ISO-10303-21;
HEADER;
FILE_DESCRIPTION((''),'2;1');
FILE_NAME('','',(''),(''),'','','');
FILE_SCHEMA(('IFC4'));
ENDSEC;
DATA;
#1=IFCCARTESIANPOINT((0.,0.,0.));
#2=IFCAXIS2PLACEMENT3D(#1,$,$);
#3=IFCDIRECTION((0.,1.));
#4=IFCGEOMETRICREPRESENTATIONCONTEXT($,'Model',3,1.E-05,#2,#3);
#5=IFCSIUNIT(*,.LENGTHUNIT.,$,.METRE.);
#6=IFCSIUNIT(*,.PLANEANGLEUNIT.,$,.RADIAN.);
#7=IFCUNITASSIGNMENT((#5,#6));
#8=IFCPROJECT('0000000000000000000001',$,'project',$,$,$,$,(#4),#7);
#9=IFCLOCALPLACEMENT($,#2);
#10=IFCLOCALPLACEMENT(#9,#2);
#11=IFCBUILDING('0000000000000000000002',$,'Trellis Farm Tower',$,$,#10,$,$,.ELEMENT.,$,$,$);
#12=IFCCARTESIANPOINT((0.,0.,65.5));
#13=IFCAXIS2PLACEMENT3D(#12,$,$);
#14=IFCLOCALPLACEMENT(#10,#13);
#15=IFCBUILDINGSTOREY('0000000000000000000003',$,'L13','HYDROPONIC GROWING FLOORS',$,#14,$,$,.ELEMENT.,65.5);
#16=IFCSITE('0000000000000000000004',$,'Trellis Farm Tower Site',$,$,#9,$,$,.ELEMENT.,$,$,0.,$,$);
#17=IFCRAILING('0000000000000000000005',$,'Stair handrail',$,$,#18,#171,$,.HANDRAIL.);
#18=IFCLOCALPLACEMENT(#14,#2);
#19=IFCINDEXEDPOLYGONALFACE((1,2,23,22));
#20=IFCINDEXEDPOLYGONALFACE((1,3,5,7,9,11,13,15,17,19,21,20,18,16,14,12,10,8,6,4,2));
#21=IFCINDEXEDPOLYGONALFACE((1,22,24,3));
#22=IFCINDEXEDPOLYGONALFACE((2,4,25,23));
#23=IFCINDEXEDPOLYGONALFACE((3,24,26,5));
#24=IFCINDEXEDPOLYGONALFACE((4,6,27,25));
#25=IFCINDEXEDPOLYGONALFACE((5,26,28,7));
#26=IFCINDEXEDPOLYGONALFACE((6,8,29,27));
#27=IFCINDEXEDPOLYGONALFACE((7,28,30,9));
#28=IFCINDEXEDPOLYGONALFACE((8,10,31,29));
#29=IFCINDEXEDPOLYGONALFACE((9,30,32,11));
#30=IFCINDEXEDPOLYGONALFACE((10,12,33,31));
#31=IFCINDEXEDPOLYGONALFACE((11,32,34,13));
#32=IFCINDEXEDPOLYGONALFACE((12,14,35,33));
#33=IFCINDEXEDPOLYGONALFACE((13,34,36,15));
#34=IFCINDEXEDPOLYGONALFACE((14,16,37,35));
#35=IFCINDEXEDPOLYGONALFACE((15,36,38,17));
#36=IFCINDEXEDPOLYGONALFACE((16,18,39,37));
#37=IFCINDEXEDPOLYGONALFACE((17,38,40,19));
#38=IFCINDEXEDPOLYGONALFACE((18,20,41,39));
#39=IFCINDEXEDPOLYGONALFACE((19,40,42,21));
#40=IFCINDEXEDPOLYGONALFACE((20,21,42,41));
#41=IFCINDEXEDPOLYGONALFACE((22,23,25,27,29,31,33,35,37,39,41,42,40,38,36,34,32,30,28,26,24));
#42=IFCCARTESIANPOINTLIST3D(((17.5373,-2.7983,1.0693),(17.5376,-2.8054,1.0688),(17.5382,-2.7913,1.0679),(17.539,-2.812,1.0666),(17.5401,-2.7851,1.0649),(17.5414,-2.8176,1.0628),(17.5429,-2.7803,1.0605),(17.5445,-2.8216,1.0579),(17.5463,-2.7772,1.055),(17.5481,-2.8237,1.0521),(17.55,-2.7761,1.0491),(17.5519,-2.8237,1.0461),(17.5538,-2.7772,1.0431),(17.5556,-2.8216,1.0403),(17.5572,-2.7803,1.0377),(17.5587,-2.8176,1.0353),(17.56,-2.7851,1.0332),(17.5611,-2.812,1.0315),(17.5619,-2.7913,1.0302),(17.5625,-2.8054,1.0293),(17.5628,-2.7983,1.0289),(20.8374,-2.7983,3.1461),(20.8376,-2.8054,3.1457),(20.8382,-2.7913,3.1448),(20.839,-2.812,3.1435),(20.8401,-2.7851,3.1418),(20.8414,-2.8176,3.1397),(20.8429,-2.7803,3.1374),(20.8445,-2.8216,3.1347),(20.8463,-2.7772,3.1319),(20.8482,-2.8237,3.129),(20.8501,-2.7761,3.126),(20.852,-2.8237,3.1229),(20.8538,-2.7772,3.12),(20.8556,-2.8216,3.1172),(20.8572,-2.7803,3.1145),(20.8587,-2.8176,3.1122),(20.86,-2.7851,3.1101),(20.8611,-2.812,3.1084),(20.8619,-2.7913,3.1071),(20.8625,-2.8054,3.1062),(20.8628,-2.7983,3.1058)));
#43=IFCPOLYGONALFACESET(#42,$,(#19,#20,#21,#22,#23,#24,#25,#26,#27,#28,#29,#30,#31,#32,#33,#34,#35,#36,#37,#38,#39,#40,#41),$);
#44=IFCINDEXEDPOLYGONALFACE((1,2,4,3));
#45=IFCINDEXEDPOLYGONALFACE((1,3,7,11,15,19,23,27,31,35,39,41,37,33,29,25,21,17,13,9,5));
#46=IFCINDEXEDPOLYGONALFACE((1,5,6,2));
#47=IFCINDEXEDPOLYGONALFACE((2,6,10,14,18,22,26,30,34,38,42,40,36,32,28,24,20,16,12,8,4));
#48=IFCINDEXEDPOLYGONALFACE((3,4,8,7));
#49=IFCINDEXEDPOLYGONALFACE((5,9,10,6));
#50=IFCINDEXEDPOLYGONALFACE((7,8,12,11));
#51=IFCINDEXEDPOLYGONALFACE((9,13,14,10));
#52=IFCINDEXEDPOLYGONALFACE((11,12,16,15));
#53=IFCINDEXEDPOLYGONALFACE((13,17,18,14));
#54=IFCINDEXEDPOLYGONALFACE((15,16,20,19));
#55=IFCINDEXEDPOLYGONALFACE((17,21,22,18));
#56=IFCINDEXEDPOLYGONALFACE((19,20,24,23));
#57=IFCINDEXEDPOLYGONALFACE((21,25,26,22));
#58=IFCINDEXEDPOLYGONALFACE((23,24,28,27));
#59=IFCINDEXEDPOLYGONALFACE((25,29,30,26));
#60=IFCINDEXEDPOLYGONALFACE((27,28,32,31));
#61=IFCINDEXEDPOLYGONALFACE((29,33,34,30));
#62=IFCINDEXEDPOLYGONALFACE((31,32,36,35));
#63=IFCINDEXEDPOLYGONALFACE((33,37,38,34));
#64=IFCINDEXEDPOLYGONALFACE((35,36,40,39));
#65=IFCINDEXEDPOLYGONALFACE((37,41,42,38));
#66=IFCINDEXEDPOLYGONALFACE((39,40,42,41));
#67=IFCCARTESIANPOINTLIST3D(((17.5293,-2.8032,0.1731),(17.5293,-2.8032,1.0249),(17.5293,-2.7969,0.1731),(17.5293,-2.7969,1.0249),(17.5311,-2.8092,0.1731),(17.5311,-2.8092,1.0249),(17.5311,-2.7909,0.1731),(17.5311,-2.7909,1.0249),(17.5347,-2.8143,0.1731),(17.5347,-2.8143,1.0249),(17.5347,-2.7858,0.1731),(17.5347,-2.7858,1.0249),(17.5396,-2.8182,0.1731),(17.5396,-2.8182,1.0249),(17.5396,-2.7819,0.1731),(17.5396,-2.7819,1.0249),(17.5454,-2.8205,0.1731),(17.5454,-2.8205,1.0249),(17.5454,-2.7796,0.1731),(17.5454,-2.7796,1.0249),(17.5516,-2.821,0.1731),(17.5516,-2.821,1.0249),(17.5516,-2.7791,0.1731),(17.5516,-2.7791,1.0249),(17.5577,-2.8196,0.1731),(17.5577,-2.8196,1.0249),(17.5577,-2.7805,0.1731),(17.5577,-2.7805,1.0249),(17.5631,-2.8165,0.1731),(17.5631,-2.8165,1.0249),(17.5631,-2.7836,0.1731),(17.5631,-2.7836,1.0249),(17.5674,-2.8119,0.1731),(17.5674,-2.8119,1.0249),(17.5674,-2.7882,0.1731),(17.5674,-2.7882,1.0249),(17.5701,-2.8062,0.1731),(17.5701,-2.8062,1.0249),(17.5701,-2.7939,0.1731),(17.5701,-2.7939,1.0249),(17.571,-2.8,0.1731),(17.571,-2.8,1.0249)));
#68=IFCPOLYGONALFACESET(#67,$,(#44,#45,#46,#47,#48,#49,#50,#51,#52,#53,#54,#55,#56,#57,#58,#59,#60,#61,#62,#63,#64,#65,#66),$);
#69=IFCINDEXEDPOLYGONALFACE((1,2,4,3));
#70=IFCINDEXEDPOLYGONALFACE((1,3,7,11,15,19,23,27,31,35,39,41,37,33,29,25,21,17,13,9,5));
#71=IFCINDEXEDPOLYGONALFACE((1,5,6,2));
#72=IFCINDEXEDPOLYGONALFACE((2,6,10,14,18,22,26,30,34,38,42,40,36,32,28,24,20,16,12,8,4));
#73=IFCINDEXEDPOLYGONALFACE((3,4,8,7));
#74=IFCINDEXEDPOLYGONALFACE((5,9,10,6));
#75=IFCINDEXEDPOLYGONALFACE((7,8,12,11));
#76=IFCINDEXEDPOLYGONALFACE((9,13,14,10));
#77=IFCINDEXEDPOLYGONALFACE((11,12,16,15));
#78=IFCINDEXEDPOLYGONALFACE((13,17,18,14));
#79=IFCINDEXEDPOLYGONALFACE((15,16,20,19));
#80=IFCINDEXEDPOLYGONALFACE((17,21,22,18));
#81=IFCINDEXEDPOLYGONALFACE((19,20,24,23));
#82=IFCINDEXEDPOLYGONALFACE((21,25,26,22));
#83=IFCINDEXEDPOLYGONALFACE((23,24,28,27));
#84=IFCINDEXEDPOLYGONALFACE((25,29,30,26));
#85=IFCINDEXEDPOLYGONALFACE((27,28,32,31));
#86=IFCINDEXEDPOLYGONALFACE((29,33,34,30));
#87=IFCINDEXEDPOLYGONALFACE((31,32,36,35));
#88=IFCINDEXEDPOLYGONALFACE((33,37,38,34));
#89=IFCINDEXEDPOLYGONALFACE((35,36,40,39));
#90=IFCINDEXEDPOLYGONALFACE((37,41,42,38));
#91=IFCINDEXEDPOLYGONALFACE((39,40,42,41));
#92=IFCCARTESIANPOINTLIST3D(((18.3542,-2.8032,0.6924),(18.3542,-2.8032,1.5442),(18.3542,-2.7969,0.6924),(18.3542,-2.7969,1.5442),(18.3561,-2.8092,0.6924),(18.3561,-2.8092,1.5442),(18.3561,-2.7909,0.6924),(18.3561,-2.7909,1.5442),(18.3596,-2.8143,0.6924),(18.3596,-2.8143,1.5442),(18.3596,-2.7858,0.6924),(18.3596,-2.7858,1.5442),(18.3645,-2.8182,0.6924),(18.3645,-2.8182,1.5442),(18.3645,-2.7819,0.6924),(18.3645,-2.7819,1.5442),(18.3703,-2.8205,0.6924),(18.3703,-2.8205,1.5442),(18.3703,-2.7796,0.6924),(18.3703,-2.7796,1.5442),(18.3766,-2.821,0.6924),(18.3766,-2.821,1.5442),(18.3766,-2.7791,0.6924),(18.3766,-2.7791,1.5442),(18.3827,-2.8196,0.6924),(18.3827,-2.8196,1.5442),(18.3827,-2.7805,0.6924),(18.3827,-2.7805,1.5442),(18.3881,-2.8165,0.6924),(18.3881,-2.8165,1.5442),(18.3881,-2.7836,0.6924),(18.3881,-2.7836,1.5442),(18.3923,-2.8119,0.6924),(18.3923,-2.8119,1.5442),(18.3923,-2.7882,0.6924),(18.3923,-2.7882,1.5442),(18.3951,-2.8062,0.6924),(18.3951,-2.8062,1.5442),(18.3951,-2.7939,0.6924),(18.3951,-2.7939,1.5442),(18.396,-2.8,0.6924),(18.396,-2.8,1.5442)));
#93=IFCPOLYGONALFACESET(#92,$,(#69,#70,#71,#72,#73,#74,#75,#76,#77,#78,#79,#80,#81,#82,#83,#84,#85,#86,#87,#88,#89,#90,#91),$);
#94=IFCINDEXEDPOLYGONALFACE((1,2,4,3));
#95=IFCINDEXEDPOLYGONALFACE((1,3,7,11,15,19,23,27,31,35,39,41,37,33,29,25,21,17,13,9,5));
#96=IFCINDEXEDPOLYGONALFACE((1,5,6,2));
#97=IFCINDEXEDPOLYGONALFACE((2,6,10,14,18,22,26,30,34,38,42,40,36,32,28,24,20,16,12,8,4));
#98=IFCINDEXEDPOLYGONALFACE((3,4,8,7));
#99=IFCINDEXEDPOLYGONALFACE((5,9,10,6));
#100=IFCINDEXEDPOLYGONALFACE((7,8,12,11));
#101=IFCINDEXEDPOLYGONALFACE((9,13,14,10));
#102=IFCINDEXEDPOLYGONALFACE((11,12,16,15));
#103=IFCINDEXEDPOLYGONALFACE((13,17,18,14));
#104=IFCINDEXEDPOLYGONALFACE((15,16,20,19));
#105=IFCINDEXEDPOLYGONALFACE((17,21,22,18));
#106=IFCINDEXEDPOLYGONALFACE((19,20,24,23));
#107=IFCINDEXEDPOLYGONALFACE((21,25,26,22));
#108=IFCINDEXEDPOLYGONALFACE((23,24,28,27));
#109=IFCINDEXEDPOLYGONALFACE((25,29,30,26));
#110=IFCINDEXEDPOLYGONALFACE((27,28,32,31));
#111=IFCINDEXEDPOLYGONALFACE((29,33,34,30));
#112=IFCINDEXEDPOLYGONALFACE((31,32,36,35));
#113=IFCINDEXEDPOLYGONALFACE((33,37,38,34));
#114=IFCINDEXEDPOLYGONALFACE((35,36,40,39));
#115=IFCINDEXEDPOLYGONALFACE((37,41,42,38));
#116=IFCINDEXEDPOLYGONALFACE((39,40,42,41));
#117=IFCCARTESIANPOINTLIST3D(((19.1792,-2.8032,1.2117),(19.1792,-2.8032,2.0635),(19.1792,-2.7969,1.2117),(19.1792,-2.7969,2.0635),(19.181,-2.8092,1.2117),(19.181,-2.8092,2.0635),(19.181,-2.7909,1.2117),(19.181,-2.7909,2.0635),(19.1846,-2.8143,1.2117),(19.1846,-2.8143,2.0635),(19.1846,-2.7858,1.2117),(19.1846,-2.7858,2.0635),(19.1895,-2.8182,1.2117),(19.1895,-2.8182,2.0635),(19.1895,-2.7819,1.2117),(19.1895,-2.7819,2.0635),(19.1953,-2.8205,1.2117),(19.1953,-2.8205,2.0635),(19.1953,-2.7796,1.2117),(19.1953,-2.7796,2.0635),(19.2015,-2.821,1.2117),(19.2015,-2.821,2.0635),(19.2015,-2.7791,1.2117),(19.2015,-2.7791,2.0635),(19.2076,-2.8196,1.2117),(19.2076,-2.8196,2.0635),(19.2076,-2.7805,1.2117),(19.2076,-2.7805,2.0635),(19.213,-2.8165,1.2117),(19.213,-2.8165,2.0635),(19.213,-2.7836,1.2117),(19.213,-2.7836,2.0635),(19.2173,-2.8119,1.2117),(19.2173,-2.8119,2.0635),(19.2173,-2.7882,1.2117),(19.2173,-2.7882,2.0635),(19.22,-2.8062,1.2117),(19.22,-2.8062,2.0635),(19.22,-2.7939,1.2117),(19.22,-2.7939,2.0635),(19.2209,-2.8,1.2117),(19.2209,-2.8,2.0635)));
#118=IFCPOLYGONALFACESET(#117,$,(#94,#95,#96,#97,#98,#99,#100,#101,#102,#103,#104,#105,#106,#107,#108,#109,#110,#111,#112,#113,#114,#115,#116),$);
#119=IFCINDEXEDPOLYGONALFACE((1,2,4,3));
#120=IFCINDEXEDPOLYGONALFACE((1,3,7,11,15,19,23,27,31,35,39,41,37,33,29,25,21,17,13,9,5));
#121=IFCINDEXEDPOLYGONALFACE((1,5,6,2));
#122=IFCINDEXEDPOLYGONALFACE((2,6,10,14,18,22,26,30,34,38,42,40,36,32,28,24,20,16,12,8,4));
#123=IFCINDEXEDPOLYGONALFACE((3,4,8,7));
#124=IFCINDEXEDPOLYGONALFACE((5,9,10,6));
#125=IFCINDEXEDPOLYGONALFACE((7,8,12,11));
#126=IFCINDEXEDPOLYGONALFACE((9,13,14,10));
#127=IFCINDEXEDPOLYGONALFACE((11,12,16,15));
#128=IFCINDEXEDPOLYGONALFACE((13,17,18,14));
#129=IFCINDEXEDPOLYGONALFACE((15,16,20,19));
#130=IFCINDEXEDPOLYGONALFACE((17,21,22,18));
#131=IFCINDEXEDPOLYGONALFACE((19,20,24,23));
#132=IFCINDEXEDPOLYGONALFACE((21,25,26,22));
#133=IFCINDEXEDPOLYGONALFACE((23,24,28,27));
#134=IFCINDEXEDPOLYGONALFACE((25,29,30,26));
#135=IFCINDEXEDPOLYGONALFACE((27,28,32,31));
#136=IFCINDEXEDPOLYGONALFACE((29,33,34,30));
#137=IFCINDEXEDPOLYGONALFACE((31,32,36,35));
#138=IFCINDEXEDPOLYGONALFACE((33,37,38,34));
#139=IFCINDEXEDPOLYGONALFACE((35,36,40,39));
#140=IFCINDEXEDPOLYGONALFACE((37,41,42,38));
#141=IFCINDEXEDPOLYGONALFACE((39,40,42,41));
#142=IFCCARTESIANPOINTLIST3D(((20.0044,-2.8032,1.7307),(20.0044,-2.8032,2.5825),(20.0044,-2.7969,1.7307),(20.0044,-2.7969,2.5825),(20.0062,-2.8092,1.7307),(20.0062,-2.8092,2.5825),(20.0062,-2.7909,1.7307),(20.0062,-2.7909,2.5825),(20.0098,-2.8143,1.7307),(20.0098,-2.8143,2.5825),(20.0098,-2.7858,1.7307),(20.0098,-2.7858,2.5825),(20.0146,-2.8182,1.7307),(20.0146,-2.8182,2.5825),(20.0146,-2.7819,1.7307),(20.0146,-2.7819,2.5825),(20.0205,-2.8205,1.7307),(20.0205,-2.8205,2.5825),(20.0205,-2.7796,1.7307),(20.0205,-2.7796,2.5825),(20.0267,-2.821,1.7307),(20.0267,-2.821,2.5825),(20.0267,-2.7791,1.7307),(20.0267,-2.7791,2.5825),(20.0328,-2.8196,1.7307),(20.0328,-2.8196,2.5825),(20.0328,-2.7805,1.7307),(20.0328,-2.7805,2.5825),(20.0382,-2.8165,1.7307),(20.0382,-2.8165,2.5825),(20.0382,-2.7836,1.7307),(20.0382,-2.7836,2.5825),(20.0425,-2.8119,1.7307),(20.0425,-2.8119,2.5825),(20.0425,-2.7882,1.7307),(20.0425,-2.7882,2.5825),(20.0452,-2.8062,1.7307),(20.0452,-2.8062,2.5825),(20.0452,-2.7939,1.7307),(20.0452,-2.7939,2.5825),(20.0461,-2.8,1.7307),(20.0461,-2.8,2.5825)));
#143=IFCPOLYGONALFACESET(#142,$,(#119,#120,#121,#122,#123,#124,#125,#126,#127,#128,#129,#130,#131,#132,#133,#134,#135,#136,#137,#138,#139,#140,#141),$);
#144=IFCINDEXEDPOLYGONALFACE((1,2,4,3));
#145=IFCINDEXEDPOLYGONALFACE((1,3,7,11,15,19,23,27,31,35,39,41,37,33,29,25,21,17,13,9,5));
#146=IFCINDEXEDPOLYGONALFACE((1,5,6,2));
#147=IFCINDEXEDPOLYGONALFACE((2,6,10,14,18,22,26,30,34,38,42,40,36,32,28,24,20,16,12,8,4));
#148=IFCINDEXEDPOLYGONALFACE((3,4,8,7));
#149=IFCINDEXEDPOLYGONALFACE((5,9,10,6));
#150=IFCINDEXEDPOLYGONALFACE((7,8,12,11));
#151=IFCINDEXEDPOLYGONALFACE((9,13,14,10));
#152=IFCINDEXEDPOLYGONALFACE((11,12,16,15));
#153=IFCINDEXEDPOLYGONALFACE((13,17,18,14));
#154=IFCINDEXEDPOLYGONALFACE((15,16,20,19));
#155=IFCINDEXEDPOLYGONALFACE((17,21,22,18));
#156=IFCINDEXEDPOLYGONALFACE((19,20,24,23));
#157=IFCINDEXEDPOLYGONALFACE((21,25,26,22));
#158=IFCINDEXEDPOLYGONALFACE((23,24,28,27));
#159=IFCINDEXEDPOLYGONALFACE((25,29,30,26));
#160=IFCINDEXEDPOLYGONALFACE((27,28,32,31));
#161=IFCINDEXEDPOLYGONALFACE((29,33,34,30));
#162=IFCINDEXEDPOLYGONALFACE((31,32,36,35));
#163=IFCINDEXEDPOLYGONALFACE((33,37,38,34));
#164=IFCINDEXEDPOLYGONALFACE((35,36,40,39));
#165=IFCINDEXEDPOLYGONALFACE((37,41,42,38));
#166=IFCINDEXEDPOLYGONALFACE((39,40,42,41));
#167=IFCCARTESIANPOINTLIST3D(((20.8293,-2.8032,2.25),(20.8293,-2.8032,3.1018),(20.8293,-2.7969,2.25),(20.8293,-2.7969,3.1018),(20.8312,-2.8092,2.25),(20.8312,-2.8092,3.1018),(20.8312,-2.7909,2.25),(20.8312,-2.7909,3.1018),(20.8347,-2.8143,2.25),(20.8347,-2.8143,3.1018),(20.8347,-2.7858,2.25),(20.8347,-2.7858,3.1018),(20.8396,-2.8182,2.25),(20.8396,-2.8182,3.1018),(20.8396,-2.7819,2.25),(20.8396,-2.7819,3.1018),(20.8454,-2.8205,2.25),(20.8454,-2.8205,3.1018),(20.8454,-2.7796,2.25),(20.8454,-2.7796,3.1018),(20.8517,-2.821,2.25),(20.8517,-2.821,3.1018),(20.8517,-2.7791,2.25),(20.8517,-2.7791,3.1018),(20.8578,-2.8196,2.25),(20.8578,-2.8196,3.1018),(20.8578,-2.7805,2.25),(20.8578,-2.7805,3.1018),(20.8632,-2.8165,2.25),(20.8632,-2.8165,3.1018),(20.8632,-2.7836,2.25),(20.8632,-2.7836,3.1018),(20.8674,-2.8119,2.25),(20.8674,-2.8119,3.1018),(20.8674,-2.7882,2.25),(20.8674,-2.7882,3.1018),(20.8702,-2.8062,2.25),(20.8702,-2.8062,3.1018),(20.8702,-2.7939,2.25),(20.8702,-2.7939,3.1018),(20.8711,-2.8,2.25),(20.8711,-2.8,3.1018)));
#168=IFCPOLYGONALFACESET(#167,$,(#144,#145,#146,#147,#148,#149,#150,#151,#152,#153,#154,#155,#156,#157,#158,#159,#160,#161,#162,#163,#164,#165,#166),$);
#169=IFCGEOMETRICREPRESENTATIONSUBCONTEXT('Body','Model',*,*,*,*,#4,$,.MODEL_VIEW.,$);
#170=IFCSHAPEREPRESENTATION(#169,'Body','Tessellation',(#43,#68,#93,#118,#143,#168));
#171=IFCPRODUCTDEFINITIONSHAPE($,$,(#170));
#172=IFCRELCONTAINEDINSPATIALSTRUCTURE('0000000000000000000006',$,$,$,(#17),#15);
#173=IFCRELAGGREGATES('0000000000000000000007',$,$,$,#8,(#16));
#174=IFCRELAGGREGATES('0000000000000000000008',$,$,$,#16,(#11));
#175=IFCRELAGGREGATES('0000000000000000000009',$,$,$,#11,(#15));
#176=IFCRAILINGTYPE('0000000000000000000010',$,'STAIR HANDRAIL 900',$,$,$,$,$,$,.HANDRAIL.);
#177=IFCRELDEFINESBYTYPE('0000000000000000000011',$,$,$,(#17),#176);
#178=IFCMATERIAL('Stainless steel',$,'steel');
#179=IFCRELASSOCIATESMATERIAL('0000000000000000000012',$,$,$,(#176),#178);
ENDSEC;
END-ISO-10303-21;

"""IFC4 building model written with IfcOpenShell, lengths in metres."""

from ifc_helpers import new_model, si_unit, direction, frame, origin, origin_2d, place, context, subcontext, project, spatial, circle, extrude, source, transform, mapped, material, type_object, element, save


model = new_model("IFC4")

# Units and contexts
model_context = context("Model", 3, precision=1e-05, world=origin(), true_north=direction((0.0, 1.0)))
body_context = subcontext(model_context, "Body", "Model", "MODEL_VIEW")
ifc_project = project(units=[si_unit("LENGTHUNIT", "METRE"), si_unit("PLANEANGLEUNIT", "RADIAN")], contexts=[model_context])

# Site, building, storey
site_placement = place(None, origin())
site = spatial("IfcSite", under=ifc_project, at=site_placement, Name="Trellis Farm Tower Site", CompositionType="ELEMENT", RefElevation=0.0)
building_placement = place(site_placement, origin())
building = spatial("IfcBuilding", under=site, at=building_placement, Name="Trellis Farm Tower", CompositionType="ELEMENT")
storey_placement = place(building_placement, frame((0.0, 0.0, 65.5)))
storey = spatial("IfcBuildingStorey", under=building, at=storey_placement, Name="L13", Description="HYDROPONIC GROWING FLOORS", CompositionType="ELEMENT", Elevation=65.5)

# Shared definitions
ifc_material_1 = material(Name="Stainless steel", Category="steel")

# Railing
railing_type = type_object("IfcRailingType", Name="STAIR HANDRAIL 900", PredefinedType="HANDRAIL", material=ifc_material_1)
shared_shape_1 = source(origin(), body_context, "Body", "SweptSolid", [
    extrude(circle(Radius=0.0239, at=origin_2d()), frame((0.0, 0.0, 0.876), z_axis=(0.846337, 0.0, 0.532647), x_axis=(0.0, 1.0, 0.0)), (0.0, 0.0, 1.0), 3.8992),
    extrude(circle(Radius=0.021, at=origin_2d()), origin(), (0.0, 0.0, 1.0), 0.8518),
    extrude(circle(Radius=0.021, at=origin_2d()), frame((0.825, 0.0, 0.5193)), (0.0, 0.0, 1.0), 0.8518),
    extrude(circle(Radius=0.021, at=origin_2d()), frame((1.6499, 0.0, 1.0386)), (0.0, 0.0, 1.0), 0.8518),
    extrude(circle(Radius=0.021, at=origin_2d()), frame((2.4751, 0.0, 1.5576)), (0.0, 0.0, 1.0), 0.8518),
    extrude(circle(Radius=0.021, at=origin_2d()), frame((3.3, 0.0, 2.0769)), (0.0, 0.0, 1.0), 0.8518),
])
railing_placement = place(storey_placement, frame((17.55, -2.8, 0.1731)))
element("IfcRailing", 1, at=railing_placement, inside=storey, type_object=railing_type, Name="Stair handrail", PredefinedType="HANDRAIL", context=body_context, shape_type="MappedRepresentation", body=[
    mapped(shared_shape_1, transform((0.0, 0.0, 0.0))),
])

save(model, "model.ifc")
